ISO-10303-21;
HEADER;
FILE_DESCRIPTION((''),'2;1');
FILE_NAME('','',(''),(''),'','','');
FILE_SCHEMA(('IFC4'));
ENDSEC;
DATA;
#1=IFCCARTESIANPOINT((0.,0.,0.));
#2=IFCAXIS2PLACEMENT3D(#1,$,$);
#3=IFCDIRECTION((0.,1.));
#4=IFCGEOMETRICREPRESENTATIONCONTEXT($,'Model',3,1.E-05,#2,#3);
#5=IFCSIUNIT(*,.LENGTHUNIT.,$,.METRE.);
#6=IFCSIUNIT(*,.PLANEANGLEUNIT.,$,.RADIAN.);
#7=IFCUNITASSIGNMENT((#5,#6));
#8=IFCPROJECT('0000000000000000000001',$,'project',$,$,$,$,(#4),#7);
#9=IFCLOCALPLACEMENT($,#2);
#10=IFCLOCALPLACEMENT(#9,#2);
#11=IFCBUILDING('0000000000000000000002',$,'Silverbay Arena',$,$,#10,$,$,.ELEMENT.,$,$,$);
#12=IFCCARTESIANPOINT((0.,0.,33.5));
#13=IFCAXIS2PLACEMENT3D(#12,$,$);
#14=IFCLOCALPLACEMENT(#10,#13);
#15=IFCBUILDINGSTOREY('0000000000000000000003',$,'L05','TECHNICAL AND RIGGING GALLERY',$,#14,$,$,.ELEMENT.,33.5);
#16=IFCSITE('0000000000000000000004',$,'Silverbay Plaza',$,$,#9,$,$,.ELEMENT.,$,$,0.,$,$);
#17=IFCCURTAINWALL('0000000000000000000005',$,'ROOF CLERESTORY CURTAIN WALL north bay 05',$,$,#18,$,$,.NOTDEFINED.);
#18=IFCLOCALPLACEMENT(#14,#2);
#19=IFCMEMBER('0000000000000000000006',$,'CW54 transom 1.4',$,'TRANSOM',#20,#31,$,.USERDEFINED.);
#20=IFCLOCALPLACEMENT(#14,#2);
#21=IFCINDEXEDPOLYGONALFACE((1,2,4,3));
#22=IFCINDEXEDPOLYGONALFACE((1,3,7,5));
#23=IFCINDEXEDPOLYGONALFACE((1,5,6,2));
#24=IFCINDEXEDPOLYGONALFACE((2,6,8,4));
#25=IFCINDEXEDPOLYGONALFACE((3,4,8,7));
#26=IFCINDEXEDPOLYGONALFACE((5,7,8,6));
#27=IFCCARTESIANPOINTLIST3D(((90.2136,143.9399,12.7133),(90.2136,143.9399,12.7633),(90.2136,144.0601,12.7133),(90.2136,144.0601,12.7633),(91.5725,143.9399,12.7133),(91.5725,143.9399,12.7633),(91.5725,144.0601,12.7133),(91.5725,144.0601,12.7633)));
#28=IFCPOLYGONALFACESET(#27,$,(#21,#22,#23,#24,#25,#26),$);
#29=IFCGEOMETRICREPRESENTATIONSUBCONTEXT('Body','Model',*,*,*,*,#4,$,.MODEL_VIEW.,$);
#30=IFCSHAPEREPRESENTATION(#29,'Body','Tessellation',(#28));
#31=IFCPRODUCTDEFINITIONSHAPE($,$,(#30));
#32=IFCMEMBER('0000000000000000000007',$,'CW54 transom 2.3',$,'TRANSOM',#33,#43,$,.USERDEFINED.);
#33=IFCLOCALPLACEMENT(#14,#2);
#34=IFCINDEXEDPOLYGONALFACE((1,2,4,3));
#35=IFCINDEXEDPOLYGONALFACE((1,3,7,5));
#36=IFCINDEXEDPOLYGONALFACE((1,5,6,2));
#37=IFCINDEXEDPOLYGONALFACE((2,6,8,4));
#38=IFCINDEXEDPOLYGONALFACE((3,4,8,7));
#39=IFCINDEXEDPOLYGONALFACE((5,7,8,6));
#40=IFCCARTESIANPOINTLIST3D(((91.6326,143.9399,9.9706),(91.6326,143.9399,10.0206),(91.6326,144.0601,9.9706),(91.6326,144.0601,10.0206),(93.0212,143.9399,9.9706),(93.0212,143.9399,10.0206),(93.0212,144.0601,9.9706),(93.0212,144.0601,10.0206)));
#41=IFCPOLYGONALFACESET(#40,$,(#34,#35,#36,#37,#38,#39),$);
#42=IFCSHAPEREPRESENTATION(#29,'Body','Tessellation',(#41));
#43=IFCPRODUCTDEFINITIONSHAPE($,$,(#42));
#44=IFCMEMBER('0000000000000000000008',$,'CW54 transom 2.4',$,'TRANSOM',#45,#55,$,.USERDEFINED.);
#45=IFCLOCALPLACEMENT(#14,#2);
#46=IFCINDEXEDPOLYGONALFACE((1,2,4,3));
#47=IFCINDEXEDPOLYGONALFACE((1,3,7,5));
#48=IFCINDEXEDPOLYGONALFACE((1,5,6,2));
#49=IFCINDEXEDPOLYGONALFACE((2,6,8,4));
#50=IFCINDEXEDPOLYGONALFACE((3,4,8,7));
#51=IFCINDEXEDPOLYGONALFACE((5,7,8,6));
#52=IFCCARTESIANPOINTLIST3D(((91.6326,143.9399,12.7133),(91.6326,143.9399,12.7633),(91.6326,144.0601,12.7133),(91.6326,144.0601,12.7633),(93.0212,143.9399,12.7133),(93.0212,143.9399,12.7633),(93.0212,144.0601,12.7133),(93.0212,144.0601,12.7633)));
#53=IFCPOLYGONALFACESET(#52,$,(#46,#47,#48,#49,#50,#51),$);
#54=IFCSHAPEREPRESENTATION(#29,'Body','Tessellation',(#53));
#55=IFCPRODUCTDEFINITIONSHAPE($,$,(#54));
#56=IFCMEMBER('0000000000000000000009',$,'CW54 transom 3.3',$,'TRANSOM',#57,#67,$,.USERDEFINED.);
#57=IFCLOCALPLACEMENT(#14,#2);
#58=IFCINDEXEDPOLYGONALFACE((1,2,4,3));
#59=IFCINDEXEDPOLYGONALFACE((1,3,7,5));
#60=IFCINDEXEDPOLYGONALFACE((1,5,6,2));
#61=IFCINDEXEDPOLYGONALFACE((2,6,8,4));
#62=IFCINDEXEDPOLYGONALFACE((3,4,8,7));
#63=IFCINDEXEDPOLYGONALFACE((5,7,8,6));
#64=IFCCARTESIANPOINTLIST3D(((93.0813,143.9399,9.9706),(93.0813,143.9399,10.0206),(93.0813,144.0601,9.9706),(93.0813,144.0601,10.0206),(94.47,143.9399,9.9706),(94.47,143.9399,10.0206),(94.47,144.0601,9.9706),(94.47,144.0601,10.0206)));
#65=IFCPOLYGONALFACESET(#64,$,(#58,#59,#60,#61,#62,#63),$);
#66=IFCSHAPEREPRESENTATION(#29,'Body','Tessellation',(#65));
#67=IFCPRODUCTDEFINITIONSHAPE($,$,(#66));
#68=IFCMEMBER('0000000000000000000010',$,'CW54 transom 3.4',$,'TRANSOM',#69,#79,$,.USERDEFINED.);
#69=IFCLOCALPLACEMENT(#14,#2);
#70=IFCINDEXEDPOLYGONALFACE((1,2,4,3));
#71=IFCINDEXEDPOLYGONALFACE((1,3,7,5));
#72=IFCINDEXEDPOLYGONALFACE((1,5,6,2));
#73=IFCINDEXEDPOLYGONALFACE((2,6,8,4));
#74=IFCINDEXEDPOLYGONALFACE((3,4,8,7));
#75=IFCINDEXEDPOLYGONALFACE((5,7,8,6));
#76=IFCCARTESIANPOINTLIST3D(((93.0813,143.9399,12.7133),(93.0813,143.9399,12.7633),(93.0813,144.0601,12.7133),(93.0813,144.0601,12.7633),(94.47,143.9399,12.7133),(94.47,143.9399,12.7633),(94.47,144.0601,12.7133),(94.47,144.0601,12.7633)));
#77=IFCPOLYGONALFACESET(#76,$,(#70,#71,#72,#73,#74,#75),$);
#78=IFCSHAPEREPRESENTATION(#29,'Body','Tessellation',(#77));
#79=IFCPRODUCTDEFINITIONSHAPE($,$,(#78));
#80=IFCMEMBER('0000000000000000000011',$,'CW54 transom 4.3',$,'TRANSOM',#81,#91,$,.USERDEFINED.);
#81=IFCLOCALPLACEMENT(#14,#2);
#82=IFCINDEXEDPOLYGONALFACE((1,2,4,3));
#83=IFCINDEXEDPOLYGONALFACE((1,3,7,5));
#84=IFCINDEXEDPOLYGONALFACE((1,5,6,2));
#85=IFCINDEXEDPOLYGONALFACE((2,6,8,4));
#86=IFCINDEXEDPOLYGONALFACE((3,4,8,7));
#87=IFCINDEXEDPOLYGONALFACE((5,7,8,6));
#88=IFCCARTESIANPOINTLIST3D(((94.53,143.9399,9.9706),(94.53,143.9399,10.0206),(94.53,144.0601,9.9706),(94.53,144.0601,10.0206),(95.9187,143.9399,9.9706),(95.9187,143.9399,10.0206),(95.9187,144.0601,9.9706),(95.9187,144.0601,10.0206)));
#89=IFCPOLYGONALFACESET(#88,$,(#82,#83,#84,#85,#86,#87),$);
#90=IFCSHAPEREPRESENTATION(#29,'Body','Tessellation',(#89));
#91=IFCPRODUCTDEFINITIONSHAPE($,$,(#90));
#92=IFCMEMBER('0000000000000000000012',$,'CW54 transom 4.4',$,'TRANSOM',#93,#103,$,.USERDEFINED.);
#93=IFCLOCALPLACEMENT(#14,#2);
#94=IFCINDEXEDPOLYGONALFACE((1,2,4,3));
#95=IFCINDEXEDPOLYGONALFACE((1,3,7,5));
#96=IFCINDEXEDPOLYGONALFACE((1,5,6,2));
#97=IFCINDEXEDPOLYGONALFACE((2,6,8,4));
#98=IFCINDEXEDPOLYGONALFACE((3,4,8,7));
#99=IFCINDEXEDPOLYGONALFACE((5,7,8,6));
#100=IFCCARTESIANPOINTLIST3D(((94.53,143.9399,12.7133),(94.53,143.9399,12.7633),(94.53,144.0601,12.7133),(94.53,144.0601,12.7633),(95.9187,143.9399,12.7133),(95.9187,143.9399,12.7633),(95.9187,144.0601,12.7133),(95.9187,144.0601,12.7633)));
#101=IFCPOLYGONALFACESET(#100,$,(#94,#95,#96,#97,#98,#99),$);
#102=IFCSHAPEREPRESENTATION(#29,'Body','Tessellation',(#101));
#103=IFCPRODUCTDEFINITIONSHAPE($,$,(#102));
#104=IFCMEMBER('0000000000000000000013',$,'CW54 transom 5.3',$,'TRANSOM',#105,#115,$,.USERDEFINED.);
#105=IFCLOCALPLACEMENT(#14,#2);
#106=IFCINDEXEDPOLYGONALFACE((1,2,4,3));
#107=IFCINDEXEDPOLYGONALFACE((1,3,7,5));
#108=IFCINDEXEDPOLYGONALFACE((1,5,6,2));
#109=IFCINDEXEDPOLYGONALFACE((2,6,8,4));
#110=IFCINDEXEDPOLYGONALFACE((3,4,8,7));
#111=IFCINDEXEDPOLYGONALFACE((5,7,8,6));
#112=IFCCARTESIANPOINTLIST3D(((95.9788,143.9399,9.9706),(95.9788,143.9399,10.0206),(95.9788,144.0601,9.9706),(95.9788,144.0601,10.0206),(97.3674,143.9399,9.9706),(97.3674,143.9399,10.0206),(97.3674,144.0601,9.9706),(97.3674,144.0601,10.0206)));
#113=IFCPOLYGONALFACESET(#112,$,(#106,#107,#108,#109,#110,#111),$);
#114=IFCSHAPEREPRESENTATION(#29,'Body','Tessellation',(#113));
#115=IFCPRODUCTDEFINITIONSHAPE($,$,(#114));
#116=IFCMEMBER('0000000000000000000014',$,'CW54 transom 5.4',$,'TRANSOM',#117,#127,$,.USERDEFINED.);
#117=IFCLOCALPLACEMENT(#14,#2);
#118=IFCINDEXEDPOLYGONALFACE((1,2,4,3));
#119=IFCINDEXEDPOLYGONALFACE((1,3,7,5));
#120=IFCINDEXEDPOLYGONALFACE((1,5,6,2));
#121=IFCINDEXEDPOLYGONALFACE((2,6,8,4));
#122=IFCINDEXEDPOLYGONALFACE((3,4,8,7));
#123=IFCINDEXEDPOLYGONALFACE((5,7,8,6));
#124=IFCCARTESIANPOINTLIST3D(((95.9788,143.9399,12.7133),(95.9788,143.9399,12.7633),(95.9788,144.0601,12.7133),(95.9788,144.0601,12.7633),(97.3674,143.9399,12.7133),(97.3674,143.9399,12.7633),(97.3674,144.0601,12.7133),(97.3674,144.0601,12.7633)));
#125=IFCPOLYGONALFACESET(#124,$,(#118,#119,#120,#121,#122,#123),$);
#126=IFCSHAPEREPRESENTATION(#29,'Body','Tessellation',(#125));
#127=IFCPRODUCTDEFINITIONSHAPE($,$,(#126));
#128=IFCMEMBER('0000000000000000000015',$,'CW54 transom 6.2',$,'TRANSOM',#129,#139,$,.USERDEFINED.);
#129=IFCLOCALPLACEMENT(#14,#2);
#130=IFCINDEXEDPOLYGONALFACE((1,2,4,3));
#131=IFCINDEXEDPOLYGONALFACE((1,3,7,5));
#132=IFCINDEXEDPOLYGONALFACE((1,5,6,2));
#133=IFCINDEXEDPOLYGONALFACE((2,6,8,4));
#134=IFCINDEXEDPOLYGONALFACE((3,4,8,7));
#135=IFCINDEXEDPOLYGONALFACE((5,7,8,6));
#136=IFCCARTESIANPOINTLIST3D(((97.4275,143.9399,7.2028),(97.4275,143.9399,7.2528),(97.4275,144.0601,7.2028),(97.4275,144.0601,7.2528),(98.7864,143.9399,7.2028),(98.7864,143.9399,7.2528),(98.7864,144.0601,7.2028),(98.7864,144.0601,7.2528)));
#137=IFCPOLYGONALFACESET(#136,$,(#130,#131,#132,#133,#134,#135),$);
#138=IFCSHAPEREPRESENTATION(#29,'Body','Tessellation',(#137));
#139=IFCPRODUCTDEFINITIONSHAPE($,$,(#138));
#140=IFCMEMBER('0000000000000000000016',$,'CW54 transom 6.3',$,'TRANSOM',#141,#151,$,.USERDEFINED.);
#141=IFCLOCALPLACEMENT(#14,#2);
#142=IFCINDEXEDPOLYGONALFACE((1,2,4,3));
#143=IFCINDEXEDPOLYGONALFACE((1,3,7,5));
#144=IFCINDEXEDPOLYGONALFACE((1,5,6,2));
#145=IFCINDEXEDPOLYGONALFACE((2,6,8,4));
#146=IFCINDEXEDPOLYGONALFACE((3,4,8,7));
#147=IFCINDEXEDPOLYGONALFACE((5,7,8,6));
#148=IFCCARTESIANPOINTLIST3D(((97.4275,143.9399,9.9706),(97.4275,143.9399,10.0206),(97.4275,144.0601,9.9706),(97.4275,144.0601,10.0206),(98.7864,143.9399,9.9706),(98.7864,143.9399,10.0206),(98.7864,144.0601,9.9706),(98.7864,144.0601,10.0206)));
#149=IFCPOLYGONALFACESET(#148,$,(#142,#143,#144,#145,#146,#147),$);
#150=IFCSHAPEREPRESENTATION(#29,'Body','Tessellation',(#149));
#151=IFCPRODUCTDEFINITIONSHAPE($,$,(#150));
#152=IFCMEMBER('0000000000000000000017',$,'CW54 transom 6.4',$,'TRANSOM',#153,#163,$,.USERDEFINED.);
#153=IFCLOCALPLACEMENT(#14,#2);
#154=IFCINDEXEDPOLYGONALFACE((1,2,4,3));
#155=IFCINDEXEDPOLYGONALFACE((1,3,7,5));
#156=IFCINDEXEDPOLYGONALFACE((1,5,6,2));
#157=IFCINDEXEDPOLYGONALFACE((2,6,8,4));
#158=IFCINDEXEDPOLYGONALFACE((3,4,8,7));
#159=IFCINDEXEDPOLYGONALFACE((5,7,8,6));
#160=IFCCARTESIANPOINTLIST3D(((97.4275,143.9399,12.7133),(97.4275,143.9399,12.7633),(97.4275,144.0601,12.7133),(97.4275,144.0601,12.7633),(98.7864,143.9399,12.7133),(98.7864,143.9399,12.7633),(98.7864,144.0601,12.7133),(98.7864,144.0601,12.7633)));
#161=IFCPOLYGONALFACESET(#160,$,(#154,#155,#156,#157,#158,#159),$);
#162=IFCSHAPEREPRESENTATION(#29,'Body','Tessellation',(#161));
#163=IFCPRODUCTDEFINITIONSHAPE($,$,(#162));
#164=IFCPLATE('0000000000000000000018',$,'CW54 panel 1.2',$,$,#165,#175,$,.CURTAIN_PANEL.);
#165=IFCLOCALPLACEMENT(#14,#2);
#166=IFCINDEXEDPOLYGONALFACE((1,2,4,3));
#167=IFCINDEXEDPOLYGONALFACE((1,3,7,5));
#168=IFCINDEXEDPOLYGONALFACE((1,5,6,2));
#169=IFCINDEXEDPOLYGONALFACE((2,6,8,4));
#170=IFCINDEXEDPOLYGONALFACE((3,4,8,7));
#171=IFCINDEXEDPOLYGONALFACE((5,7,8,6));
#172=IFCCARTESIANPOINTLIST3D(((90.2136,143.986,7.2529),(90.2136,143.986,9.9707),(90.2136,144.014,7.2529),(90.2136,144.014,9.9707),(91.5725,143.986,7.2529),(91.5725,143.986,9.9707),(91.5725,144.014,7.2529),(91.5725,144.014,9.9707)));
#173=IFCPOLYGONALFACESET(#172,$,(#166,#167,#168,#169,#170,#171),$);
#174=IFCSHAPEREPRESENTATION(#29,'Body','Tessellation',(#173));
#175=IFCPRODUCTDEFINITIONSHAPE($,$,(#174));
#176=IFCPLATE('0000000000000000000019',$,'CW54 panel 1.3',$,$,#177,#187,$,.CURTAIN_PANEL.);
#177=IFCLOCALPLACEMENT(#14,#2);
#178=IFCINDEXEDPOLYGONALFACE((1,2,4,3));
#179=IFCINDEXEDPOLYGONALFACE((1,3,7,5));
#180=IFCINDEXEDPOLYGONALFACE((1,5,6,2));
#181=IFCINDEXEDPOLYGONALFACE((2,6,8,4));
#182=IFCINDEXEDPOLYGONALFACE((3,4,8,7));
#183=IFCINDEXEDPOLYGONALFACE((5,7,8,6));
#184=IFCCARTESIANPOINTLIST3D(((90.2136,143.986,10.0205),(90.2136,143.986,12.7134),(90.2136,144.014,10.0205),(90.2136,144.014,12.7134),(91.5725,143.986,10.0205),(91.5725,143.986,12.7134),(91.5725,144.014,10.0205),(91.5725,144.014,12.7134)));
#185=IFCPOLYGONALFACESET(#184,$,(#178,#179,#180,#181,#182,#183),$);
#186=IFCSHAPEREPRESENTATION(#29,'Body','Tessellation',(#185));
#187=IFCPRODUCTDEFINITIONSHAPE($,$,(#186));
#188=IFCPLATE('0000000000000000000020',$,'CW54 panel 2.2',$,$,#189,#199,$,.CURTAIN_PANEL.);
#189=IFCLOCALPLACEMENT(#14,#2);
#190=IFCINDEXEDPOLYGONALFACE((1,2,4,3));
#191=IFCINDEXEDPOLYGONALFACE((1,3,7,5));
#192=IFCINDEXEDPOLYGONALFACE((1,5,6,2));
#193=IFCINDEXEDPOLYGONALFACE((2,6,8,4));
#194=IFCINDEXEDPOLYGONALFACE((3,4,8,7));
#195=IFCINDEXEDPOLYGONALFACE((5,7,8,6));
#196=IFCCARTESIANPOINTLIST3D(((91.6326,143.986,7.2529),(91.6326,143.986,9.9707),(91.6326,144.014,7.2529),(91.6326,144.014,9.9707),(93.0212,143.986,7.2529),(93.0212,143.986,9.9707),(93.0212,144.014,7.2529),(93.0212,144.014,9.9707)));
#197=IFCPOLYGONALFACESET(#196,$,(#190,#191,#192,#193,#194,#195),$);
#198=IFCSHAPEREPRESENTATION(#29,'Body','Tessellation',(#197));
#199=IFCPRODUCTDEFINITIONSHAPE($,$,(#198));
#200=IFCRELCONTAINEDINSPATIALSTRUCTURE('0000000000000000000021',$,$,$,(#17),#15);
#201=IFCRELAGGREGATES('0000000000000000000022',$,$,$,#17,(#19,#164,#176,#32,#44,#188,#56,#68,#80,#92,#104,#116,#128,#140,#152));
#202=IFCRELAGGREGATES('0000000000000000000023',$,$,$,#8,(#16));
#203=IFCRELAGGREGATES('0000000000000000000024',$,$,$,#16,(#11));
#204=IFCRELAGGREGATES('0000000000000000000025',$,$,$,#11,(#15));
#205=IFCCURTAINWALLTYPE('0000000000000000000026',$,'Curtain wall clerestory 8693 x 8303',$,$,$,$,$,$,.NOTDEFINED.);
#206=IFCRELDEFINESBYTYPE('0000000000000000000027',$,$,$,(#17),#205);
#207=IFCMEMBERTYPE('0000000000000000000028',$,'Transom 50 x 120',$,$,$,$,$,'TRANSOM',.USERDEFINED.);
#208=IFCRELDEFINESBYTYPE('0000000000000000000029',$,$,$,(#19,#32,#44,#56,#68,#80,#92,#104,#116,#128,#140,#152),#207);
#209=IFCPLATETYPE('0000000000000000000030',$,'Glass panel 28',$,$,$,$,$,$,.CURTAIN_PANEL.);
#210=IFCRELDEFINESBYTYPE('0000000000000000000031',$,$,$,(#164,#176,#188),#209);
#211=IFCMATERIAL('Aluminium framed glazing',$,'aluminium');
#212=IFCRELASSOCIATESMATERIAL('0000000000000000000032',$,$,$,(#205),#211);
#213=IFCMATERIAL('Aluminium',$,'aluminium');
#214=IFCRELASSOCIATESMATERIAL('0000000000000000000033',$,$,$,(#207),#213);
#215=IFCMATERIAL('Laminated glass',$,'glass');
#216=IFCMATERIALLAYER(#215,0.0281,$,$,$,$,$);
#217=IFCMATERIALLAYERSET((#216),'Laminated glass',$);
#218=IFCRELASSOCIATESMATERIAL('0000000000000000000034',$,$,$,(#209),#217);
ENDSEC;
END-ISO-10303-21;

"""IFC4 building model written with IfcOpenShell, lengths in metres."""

from ifc_helpers import new_model, si_unit, direction, frame, origin, origin_2d, place, context, subcontext, project, spatial, rectangle, extrude, material, layer, layer_set, material_profile, profile_set, type_object, element, aggregate, save


model = new_model("IFC4")

# Units and contexts
model_context = context("Model", 3, precision=1e-05, world=origin(), true_north=direction((0.0, 1.0)))
body_context = subcontext(model_context, "Body", "Model", "MODEL_VIEW")
ifc_project = project(units=[si_unit("LENGTHUNIT", "METRE"), si_unit("PLANEANGLEUNIT", "RADIAN")], contexts=[model_context])

# Site, building, storey
site_placement = place(None, origin())
site = spatial("IfcSite", under=ifc_project, at=site_placement, Name="Silverbay Plaza", CompositionType="ELEMENT", RefElevation=0.0)
building_placement = place(site_placement, origin())
building = spatial("IfcBuilding", under=site, at=building_placement, Name="Silverbay Arena", CompositionType="ELEMENT")
storey_placement = place(building_placement, frame((0.0, 0.0, 33.5)))
storey = spatial("IfcBuildingStorey", under=building, at=storey_placement, Name="L05", Description="TECHNICAL AND RIGGING GALLERY", CompositionType="ELEMENT", Elevation=33.5)

# Curtain wall, members, plates
ifc_material_1 = material(Name="Aluminium framed glazing", Category="aluminium")
curtain_wall_type = type_object("IfcCurtainWallType", Name="Curtain wall clerestory 8693 x 8303", PredefinedType="NOTDEFINED", material=ifc_material_1)
curtain_wall_placement = place(storey_placement, origin())
curtain_wall = element("IfcCurtainWall", 1, at=curtain_wall_placement, inside=storey, type_object=curtain_wall_type, Name="ROOF CLERESTORY CURTAIN WALL north bay 05", PredefinedType="NOTDEFINED")
ifc_material_2 = material(Name="Aluminium", Category="aluminium")
ifc_material_profile_1 = material_profile(ifc_material_2, rectangle(XDim=0.1201, YDim=0.05, at=origin_2d()), Name="Transom 50 x 120")
ifc_profile_set_1 = profile_set([ifc_material_profile_1], Name="Aluminium")
member_type_1 = type_object("IfcMemberType", Name="Transom 50 x 120", ElementType="TRANSOM", PredefinedType="USERDEFINED", material=ifc_profile_set_1)
member_1_placement = place(storey_placement, frame((90.2136, 144.0, 12.7383), z_axis=(1.0, 0.0, 0.0), x_axis=(0.0, 1.0, 0.0)))
member_1 = element("IfcMember", 2, at=member_1_placement, type_object=member_type_1, Name="CW54 transom 1.4", ObjectType="TRANSOM", PredefinedType="USERDEFINED", context=body_context, shape_type="SweptSolid", body=[
    extrude(rectangle(XDim=0.1201, YDim=0.05, at=origin_2d()), origin(), (0.0, 0.0, 1.0), 1.3589),
])
member_2_placement = place(storey_placement, frame((91.6326, 144.0, 9.9956), z_axis=(1.0, 0.0, 0.0), x_axis=(0.0, 1.0, 0.0)))
member_2 = element("IfcMember", 3, at=member_2_placement, type_object=member_type_1, Name="CW54 transom 2.3", ObjectType="TRANSOM", PredefinedType="USERDEFINED", context=body_context, shape_type="SweptSolid", body=[
    extrude(rectangle(XDim=0.1201, YDim=0.05, at=origin_2d()), origin(), (0.0, 0.0, 1.0), 1.3887),
])
member_3_placement = place(storey_placement, frame((91.6326, 144.0, 12.7383), z_axis=(1.0, 0.0, 0.0), x_axis=(0.0, 1.0, 0.0)))
member_3 = element("IfcMember", 4, at=member_3_placement, type_object=member_type_1, Name="CW54 transom 2.4", ObjectType="TRANSOM", PredefinedType="USERDEFINED", context=body_context, shape_type="SweptSolid", body=[
    extrude(rectangle(XDim=0.1201, YDim=0.05, at=origin_2d()), origin(), (0.0, 0.0, 1.0), 1.3887),
])
member_4_placement = place(storey_placement, frame((93.0813, 144.0, 9.9956), z_axis=(1.0, 0.0, 0.0), x_axis=(0.0, 1.0, 0.0)))
member_4 = element("IfcMember", 5, at=member_4_placement, type_object=member_type_1, Name="CW54 transom 3.3", ObjectType="TRANSOM", PredefinedType="USERDEFINED", context=body_context, shape_type="SweptSolid", body=[
    extrude(rectangle(XDim=0.1201, YDim=0.05, at=origin_2d()), origin(), (0.0, 0.0, 1.0), 1.3887),
])
member_5_placement = place(storey_placement, frame((93.0813, 144.0, 12.7383), z_axis=(1.0, 0.0, 0.0), x_axis=(0.0, 1.0, 0.0)))
member_5 = element("IfcMember", 6, at=member_5_placement, type_object=member_type_1, Name="CW54 transom 3.4", ObjectType="TRANSOM", PredefinedType="USERDEFINED", context=body_context, shape_type="SweptSolid", body=[
    extrude(rectangle(XDim=0.1201, YDim=0.05, at=origin_2d()), origin(), (0.0, 0.0, 1.0), 1.3887),
])
member_6_placement = place(storey_placement, frame((94.53, 144.0, 9.9956), z_axis=(1.0, 0.0, 0.0), x_axis=(0.0, 1.0, 0.0)))
member_6 = element("IfcMember", 7, at=member_6_placement, type_object=member_type_1, Name="CW54 transom 4.3", ObjectType="TRANSOM", PredefinedType="USERDEFINED", context=body_context, shape_type="SweptSolid", body=[
    extrude(rectangle(XDim=0.1201, YDim=0.05, at=origin_2d()), origin(), (0.0, 0.0, 1.0), 1.3887),
])
member_7_placement = place(storey_placement, frame((94.53, 144.0, 12.7383), z_axis=(1.0, 0.0, 0.0), x_axis=(0.0, 1.0, 0.0)))
member_7 = element("IfcMember", 8, at=member_7_placement, type_object=member_type_1, Name="CW54 transom 4.4", ObjectType="TRANSOM", PredefinedType="USERDEFINED", context=body_context, shape_type="SweptSolid", body=[
    extrude(rectangle(XDim=0.1201, YDim=0.05, at=origin_2d()), origin(), (0.0, 0.0, 1.0), 1.3887),
])
member_8_placement = place(storey_placement, frame((95.9788, 144.0, 9.9956), z_axis=(1.0, 0.0, 0.0), x_axis=(0.0, 1.0, 0.0)))
member_8 = element("IfcMember", 9, at=member_8_placement, type_object=member_type_1, Name="CW54 transom 5.3", ObjectType="TRANSOM", PredefinedType="USERDEFINED", context=body_context, shape_type="SweptSolid", body=[
    extrude(rectangle(XDim=0.1201, YDim=0.05, at=origin_2d()), origin(), (0.0, 0.0, 1.0), 1.3887),
])
member_9_placement = place(storey_placement, frame((95.9788, 144.0, 12.7383), z_axis=(1.0, 0.0, 0.0), x_axis=(0.0, 1.0, 0.0)))
member_9 = element("IfcMember", 10, at=member_9_placement, type_object=member_type_1, Name="CW54 transom 5.4", ObjectType="TRANSOM", PredefinedType="USERDEFINED", context=body_context, shape_type="SweptSolid", body=[
    extrude(rectangle(XDim=0.1201, YDim=0.05, at=origin_2d()), origin(), (0.0, 0.0, 1.0), 1.3887),
])
member_10_placement = place(storey_placement, frame((97.4275, 144.0, 7.2278), z_axis=(1.0, 0.0, 0.0), x_axis=(0.0, 1.0, 0.0)))
member_10 = element("IfcMember", 11, at=member_10_placement, type_object=member_type_1, Name="CW54 transom 6.2", ObjectType="TRANSOM", PredefinedType="USERDEFINED", context=body_context, shape_type="SweptSolid", body=[
    extrude(rectangle(XDim=0.1201, YDim=0.05, at=origin_2d()), origin(), (0.0, 0.0, 1.0), 1.3589),
])
member_11_placement = place(storey_placement, frame((97.4275, 144.0, 9.9956), z_axis=(1.0, 0.0, 0.0), x_axis=(0.0, 1.0, 0.0)))
member_11 = element("IfcMember", 12, at=member_11_placement, type_object=member_type_1, Name="CW54 transom 6.3", ObjectType="TRANSOM", PredefinedType="USERDEFINED", context=body_context, shape_type="SweptSolid", body=[
    extrude(rectangle(XDim=0.1201, YDim=0.05, at=origin_2d()), origin(), (0.0, 0.0, 1.0), 1.3589),
])
member_12_placement = place(storey_placement, frame((97.4275, 144.0, 12.7383), z_axis=(1.0, 0.0, 0.0), x_axis=(0.0, 1.0, 0.0)))
member_12 = element("IfcMember", 13, at=member_12_placement, type_object=member_type_1, Name="CW54 transom 6.4", ObjectType="TRANSOM", PredefinedType="USERDEFINED", context=body_context, shape_type="SweptSolid", body=[
    extrude(rectangle(XDim=0.1201, YDim=0.05, at=origin_2d()), origin(), (0.0, 0.0, 1.0), 1.3589),
])
ifc_material_3 = material(Name="Laminated glass", Category="glass")
ifc_layer = layer(ifc_material_3, 0.0281)
ifc_layer_set = layer_set([ifc_layer], Name="Laminated glass")
plate_type = type_object("IfcPlateType", Name="Glass panel 28", PredefinedType="CURTAIN_PANEL", material=ifc_layer_set)
plate_1_placement = place(storey_placement, frame((90.8931, 144.0, 7.2529), z_axis=(0.0, 0.0, 1.0), x_axis=(1.0, 0.0, 0.0)))
plate_1 = element("IfcPlate", 14, at=plate_1_placement, type_object=plate_type, Name="CW54 panel 1.2", PredefinedType="CURTAIN_PANEL", context=body_context, shape_type="SweptSolid", body=[
    extrude(rectangle(XDim=1.3589, YDim=0.0281, at=origin_2d()), origin(), (0.0, 0.0, 1.0), 2.7178),
])
plate_2_placement = place(storey_placement, frame((90.8931, 144.0, 10.0205), z_axis=(0.0, 0.0, 1.0), x_axis=(1.0, 0.0, 0.0)))
plate_2 = element("IfcPlate", 15, at=plate_2_placement, type_object=plate_type, Name="CW54 panel 1.3", PredefinedType="CURTAIN_PANEL", context=body_context, shape_type="SweptSolid", body=[
    extrude(rectangle(XDim=1.3589, YDim=0.0281, at=origin_2d()), origin(), (0.0, 0.0, 1.0), 2.6929),
])
plate_3_placement = place(storey_placement, frame((92.3269, 144.0, 7.2529), z_axis=(0.0, 0.0, 1.0), x_axis=(1.0, 0.0, 0.0)))
plate_3 = element("IfcPlate", 16, at=plate_3_placement, type_object=plate_type, Name="CW54 panel 2.2", PredefinedType="CURTAIN_PANEL", context=body_context, shape_type="SweptSolid", body=[
    extrude(rectangle(XDim=1.3887, YDim=0.0281, at=origin_2d()), origin(), (0.0, 0.0, 1.0), 2.7178),
])
aggregate(curtain_wall, [member_1, plate_1, plate_2, member_2, member_3, plate_3, member_4, member_5, member_6, member_7, member_8, member_9, member_10, member_11, member_12])

save(model, "model.ifc")
